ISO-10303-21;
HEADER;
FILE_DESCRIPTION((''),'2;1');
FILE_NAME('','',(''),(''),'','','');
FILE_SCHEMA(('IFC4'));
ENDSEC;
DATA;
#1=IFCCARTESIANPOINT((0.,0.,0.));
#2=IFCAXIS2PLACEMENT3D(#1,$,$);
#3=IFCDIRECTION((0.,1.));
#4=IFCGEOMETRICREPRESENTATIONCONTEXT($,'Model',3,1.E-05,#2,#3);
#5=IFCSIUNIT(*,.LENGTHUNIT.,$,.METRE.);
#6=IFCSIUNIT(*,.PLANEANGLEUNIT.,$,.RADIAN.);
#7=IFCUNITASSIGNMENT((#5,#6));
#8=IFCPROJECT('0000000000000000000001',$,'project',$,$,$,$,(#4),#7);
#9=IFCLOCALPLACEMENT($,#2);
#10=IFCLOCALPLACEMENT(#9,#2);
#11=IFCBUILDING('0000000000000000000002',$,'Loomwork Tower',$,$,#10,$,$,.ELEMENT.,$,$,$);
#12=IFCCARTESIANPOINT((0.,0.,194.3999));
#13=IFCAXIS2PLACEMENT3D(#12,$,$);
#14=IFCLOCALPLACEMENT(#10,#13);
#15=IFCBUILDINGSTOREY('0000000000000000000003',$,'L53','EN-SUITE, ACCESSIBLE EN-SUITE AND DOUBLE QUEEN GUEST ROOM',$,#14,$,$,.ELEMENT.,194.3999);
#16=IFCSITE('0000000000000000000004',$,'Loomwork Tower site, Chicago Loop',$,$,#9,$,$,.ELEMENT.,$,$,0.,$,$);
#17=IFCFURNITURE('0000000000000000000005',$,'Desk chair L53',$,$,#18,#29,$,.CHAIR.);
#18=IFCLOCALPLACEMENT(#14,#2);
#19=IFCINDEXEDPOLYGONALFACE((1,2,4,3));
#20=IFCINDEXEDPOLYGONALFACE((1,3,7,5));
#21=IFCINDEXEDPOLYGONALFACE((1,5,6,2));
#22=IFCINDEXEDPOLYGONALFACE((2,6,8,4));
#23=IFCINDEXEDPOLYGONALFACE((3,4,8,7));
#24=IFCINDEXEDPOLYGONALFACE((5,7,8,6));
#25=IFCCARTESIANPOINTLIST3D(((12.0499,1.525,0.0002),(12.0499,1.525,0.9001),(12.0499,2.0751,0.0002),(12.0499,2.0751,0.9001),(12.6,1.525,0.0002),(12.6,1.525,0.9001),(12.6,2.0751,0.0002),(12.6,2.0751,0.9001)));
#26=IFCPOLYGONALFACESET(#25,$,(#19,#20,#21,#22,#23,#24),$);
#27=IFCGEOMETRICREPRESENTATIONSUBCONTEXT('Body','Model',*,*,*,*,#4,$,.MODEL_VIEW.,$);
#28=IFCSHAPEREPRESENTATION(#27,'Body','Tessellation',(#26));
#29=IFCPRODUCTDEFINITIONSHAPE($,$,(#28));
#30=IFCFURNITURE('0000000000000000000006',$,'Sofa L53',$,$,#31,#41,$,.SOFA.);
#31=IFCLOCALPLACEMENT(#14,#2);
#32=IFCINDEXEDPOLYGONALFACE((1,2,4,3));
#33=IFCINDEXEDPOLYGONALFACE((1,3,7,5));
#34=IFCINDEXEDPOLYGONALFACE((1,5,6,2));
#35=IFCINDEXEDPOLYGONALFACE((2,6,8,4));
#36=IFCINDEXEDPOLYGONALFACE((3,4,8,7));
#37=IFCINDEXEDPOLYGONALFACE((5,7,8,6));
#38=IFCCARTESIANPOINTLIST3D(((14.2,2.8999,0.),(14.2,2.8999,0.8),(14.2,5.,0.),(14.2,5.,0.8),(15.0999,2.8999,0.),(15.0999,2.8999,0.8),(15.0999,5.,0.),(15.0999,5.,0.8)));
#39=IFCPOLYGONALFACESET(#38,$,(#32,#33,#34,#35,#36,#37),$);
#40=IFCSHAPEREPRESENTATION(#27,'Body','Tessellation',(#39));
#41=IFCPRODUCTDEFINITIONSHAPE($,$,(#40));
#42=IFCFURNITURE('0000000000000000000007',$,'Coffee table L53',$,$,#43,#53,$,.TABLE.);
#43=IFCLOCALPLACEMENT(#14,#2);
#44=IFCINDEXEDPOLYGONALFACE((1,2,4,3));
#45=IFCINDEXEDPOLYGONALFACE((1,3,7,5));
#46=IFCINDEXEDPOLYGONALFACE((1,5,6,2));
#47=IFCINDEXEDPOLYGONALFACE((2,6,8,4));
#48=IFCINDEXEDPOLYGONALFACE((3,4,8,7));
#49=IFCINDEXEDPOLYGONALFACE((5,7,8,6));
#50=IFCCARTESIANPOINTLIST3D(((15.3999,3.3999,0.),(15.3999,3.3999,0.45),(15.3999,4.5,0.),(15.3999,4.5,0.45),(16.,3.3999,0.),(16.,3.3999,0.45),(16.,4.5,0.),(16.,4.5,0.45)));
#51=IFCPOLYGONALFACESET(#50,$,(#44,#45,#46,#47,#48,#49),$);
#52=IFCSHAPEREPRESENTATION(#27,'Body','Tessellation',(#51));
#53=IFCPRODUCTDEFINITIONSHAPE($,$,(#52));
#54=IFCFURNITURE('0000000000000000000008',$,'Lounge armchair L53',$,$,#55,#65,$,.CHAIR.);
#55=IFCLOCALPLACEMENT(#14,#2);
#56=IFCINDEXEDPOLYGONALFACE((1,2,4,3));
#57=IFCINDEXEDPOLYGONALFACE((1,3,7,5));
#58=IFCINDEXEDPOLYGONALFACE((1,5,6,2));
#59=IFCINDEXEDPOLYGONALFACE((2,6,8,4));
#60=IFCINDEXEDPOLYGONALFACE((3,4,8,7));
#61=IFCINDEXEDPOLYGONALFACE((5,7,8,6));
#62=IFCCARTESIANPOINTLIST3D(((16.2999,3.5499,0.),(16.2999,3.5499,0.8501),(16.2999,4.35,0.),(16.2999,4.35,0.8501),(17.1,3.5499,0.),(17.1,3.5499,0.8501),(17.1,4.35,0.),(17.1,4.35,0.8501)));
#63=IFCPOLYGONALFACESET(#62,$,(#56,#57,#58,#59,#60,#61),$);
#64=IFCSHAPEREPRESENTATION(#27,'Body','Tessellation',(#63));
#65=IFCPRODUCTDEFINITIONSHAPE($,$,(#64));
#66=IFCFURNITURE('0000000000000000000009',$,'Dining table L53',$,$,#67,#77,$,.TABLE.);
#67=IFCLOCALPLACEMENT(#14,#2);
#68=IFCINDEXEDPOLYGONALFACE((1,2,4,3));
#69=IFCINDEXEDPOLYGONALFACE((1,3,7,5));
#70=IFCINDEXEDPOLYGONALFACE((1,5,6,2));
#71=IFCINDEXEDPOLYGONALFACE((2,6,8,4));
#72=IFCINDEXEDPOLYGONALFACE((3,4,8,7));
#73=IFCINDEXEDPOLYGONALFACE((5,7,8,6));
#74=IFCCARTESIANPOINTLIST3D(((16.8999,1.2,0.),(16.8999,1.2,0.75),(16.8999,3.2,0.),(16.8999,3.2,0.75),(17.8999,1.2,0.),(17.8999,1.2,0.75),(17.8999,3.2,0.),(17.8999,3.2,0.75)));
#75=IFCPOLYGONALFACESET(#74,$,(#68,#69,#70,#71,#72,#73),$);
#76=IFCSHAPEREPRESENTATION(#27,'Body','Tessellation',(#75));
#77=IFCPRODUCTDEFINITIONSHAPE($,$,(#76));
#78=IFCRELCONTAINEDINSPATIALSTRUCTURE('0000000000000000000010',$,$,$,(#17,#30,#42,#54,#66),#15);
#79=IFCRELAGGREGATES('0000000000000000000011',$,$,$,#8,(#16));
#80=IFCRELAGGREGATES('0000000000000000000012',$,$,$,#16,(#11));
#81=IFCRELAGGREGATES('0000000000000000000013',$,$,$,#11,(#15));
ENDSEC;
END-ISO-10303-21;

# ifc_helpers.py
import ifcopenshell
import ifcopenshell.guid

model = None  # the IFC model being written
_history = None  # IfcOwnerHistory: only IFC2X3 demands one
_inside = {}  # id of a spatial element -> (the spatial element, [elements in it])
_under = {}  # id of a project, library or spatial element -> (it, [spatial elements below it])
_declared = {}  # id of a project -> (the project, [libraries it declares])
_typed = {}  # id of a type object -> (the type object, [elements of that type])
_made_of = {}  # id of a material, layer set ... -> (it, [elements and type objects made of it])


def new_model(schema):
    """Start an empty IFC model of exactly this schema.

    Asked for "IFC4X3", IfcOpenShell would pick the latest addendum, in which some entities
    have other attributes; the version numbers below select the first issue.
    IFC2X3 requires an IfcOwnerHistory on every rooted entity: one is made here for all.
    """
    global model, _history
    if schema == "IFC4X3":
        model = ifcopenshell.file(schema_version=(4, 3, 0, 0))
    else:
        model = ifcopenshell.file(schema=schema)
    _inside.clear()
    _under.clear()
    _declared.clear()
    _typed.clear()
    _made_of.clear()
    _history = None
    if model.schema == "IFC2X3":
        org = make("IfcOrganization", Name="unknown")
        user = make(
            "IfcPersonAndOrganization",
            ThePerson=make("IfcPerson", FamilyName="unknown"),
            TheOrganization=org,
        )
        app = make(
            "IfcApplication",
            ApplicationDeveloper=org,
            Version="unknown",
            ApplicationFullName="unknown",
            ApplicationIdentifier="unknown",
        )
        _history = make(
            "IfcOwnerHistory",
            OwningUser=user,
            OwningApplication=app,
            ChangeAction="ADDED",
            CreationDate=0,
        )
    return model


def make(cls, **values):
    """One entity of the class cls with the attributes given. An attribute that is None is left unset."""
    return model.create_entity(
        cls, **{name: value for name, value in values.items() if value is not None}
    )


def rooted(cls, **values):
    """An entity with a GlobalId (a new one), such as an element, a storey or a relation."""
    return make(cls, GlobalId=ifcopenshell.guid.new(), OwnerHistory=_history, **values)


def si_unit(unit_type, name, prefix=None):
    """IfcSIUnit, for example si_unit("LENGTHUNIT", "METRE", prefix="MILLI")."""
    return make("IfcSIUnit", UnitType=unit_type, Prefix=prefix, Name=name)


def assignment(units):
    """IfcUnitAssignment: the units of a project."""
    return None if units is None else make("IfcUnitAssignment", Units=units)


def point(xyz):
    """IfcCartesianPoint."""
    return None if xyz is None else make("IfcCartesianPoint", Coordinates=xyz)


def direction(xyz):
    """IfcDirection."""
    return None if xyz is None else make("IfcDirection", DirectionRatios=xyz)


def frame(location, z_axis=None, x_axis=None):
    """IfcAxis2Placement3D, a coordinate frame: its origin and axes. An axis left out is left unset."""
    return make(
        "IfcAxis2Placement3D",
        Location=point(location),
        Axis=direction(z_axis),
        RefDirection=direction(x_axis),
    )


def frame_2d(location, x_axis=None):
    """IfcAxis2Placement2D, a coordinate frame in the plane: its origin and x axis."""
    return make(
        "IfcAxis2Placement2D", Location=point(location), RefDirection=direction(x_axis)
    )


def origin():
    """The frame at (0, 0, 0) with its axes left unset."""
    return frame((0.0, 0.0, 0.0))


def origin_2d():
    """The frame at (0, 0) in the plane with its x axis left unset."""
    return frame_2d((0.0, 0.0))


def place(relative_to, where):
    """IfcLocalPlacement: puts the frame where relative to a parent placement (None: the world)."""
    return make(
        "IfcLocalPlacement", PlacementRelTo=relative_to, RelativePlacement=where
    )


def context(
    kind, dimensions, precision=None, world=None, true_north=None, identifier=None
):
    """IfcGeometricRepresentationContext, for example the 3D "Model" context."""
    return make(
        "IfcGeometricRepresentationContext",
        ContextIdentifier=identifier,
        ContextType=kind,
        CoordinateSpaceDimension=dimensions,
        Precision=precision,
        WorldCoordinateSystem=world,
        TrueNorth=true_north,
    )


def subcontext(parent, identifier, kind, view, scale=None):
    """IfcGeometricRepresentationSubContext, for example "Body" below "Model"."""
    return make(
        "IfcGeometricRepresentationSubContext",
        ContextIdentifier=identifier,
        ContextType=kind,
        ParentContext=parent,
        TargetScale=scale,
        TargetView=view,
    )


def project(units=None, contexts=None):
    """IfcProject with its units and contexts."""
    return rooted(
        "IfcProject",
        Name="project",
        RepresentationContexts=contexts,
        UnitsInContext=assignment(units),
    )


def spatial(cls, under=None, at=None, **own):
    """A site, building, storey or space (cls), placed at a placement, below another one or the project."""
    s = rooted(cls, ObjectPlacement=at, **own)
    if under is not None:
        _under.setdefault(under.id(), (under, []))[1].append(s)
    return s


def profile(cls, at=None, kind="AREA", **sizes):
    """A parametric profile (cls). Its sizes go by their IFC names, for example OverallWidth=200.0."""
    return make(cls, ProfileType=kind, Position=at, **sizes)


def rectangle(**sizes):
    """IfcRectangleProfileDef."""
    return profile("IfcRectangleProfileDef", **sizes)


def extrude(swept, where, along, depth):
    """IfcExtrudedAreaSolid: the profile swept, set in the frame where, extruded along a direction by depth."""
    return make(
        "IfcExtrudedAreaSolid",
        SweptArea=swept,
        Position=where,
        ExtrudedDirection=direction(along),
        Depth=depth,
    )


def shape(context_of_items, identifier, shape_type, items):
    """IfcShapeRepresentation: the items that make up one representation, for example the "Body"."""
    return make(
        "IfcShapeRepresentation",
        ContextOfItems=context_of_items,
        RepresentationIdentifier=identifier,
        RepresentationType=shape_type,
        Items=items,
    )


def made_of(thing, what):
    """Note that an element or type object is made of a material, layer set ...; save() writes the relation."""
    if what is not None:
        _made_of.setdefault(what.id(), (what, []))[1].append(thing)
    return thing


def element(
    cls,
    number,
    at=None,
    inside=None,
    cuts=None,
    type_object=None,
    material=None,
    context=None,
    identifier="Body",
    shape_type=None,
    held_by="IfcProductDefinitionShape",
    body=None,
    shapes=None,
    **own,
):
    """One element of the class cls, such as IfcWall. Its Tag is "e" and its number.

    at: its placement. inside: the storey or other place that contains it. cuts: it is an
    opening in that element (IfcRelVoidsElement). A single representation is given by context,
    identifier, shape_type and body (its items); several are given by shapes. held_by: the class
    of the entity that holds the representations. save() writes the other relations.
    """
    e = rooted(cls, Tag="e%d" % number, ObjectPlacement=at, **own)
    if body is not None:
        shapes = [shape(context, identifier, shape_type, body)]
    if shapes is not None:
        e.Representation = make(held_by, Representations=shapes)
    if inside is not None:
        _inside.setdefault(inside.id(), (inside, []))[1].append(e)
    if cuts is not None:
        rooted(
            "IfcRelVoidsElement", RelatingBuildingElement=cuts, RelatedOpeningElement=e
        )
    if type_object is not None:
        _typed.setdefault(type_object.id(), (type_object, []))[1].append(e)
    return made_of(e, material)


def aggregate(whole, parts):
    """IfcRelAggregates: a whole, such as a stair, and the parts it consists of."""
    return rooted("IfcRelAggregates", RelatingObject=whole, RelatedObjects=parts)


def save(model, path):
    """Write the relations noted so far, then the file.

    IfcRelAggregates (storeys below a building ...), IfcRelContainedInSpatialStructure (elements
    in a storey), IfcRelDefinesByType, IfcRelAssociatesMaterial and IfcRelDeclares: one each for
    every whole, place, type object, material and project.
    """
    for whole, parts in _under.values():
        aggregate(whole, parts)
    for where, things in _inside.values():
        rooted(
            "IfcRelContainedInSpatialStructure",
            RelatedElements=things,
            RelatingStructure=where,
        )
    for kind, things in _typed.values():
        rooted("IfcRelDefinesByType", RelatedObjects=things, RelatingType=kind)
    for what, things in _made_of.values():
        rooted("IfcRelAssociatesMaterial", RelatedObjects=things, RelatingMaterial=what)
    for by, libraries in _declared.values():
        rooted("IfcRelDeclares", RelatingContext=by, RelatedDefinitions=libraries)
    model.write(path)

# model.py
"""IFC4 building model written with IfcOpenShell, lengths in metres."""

from ifc_helpers import new_model, si_unit, direction, frame, origin, origin_2d, place, context, subcontext, project, spatial, rectangle, extrude, element, save


model = new_model("IFC4")

# Units and contexts
model_context = context("Model", 3, precision=1e-05, world=origin(), true_north=direction((0.0, 1.0)))
body_context = subcontext(model_context, "Body", "Model", "MODEL_VIEW")
ifc_project = project(units=[si_unit("LENGTHUNIT", "METRE"), si_unit("PLANEANGLEUNIT", "RADIAN")], contexts=[model_context])

# Site, building, storey
site_placement = place(None, origin())
site = spatial("IfcSite", under=ifc_project, at=site_placement, Name="Loomwork Tower site, Chicago Loop", CompositionType="ELEMENT", RefElevation=0.0)
building_placement = place(site_placement, origin())
building = spatial("IfcBuilding", under=site, at=building_placement, Name="Loomwork Tower", CompositionType="ELEMENT")
storey_placement = place(building_placement, frame((0.0, 0.0, 194.3999)))
storey = spatial("IfcBuildingStorey", under=building, at=storey_placement, Name="L53", Description="EN-SUITE, ACCESSIBLE EN-SUITE AND DOUBLE QUEEN GUEST ROOM", CompositionType="ELEMENT", Elevation=194.3999)

# Furniture
furniture_1_placement = place(storey_placement, frame((12.325, 1.8, 0.0002), z_axis=(0.0, 0.0, 1.0), x_axis=(1.0, 0.0, 0.0)))
element("IfcFurniture", 1, at=furniture_1_placement, inside=storey, Name="Desk chair L53", PredefinedType="CHAIR", context=body_context, shape_type="SweptSolid", body=[
    extrude(rectangle(XDim=0.55, YDim=0.55, at=origin_2d()), origin(), (0.0, 0.0, 1.0), 0.8999),
])
furniture_2_placement = place(storey_placement, frame((14.6499, 3.95, 0.0), z_axis=(0.0, 0.0, 1.0), x_axis=(1.0, 0.0, 0.0)))
element("IfcFurniture", 2, at=furniture_2_placement, inside=storey, Name="Sofa L53", PredefinedType="SOFA", context=body_context, shape_type="SweptSolid", body=[
    extrude(rectangle(XDim=0.8999, YDim=2.1001, at=origin_2d()), origin(), (0.0, 0.0, 1.0), 0.8),
])
furniture_3_placement = place(storey_placement, frame((15.7, 3.95, 0.0), z_axis=(0.0, 0.0, 1.0), x_axis=(1.0, 0.0, 0.0)))
element("IfcFurniture", 3, at=furniture_3_placement, inside=storey, Name="Coffee table L53", PredefinedType="TABLE", context=body_context, shape_type="SweptSolid", body=[
    extrude(rectangle(XDim=0.6001, YDim=1.1001, at=origin_2d()), origin(), (0.0, 0.0, 1.0), 0.45),
])
furniture_4_placement = place(storey_placement, frame((16.7, 3.95, 0.0), z_axis=(0.0, 0.0, 1.0), x_axis=(1.0, 0.0, 0.0)))
element("IfcFurniture", 4, at=furniture_4_placement, inside=storey, Name="Lounge armchair L53", PredefinedType="CHAIR", context=body_context, shape_type="SweptSolid", body=[
    extrude(rectangle(XDim=0.8, YDim=0.8, at=origin_2d()), origin(), (0.0, 0.0, 1.0), 0.8501),
])
furniture_5_placement = place(storey_placement, frame((17.3999, 2.2, 0.0), z_axis=(0.0, 0.0, 1.0), x_axis=(1.0, 0.0, 0.0)))
element("IfcFurniture", 5, at=furniture_5_placement, inside=storey, Name="Dining table L53", PredefinedType="TABLE", context=body_context, shape_type="SweptSolid", body=[
    extrude(rectangle(XDim=1.0, YDim=2.0, at=origin_2d()), origin(), (0.0, 0.0, 1.0), 0.75),
])

save(model, "model.ifc")
